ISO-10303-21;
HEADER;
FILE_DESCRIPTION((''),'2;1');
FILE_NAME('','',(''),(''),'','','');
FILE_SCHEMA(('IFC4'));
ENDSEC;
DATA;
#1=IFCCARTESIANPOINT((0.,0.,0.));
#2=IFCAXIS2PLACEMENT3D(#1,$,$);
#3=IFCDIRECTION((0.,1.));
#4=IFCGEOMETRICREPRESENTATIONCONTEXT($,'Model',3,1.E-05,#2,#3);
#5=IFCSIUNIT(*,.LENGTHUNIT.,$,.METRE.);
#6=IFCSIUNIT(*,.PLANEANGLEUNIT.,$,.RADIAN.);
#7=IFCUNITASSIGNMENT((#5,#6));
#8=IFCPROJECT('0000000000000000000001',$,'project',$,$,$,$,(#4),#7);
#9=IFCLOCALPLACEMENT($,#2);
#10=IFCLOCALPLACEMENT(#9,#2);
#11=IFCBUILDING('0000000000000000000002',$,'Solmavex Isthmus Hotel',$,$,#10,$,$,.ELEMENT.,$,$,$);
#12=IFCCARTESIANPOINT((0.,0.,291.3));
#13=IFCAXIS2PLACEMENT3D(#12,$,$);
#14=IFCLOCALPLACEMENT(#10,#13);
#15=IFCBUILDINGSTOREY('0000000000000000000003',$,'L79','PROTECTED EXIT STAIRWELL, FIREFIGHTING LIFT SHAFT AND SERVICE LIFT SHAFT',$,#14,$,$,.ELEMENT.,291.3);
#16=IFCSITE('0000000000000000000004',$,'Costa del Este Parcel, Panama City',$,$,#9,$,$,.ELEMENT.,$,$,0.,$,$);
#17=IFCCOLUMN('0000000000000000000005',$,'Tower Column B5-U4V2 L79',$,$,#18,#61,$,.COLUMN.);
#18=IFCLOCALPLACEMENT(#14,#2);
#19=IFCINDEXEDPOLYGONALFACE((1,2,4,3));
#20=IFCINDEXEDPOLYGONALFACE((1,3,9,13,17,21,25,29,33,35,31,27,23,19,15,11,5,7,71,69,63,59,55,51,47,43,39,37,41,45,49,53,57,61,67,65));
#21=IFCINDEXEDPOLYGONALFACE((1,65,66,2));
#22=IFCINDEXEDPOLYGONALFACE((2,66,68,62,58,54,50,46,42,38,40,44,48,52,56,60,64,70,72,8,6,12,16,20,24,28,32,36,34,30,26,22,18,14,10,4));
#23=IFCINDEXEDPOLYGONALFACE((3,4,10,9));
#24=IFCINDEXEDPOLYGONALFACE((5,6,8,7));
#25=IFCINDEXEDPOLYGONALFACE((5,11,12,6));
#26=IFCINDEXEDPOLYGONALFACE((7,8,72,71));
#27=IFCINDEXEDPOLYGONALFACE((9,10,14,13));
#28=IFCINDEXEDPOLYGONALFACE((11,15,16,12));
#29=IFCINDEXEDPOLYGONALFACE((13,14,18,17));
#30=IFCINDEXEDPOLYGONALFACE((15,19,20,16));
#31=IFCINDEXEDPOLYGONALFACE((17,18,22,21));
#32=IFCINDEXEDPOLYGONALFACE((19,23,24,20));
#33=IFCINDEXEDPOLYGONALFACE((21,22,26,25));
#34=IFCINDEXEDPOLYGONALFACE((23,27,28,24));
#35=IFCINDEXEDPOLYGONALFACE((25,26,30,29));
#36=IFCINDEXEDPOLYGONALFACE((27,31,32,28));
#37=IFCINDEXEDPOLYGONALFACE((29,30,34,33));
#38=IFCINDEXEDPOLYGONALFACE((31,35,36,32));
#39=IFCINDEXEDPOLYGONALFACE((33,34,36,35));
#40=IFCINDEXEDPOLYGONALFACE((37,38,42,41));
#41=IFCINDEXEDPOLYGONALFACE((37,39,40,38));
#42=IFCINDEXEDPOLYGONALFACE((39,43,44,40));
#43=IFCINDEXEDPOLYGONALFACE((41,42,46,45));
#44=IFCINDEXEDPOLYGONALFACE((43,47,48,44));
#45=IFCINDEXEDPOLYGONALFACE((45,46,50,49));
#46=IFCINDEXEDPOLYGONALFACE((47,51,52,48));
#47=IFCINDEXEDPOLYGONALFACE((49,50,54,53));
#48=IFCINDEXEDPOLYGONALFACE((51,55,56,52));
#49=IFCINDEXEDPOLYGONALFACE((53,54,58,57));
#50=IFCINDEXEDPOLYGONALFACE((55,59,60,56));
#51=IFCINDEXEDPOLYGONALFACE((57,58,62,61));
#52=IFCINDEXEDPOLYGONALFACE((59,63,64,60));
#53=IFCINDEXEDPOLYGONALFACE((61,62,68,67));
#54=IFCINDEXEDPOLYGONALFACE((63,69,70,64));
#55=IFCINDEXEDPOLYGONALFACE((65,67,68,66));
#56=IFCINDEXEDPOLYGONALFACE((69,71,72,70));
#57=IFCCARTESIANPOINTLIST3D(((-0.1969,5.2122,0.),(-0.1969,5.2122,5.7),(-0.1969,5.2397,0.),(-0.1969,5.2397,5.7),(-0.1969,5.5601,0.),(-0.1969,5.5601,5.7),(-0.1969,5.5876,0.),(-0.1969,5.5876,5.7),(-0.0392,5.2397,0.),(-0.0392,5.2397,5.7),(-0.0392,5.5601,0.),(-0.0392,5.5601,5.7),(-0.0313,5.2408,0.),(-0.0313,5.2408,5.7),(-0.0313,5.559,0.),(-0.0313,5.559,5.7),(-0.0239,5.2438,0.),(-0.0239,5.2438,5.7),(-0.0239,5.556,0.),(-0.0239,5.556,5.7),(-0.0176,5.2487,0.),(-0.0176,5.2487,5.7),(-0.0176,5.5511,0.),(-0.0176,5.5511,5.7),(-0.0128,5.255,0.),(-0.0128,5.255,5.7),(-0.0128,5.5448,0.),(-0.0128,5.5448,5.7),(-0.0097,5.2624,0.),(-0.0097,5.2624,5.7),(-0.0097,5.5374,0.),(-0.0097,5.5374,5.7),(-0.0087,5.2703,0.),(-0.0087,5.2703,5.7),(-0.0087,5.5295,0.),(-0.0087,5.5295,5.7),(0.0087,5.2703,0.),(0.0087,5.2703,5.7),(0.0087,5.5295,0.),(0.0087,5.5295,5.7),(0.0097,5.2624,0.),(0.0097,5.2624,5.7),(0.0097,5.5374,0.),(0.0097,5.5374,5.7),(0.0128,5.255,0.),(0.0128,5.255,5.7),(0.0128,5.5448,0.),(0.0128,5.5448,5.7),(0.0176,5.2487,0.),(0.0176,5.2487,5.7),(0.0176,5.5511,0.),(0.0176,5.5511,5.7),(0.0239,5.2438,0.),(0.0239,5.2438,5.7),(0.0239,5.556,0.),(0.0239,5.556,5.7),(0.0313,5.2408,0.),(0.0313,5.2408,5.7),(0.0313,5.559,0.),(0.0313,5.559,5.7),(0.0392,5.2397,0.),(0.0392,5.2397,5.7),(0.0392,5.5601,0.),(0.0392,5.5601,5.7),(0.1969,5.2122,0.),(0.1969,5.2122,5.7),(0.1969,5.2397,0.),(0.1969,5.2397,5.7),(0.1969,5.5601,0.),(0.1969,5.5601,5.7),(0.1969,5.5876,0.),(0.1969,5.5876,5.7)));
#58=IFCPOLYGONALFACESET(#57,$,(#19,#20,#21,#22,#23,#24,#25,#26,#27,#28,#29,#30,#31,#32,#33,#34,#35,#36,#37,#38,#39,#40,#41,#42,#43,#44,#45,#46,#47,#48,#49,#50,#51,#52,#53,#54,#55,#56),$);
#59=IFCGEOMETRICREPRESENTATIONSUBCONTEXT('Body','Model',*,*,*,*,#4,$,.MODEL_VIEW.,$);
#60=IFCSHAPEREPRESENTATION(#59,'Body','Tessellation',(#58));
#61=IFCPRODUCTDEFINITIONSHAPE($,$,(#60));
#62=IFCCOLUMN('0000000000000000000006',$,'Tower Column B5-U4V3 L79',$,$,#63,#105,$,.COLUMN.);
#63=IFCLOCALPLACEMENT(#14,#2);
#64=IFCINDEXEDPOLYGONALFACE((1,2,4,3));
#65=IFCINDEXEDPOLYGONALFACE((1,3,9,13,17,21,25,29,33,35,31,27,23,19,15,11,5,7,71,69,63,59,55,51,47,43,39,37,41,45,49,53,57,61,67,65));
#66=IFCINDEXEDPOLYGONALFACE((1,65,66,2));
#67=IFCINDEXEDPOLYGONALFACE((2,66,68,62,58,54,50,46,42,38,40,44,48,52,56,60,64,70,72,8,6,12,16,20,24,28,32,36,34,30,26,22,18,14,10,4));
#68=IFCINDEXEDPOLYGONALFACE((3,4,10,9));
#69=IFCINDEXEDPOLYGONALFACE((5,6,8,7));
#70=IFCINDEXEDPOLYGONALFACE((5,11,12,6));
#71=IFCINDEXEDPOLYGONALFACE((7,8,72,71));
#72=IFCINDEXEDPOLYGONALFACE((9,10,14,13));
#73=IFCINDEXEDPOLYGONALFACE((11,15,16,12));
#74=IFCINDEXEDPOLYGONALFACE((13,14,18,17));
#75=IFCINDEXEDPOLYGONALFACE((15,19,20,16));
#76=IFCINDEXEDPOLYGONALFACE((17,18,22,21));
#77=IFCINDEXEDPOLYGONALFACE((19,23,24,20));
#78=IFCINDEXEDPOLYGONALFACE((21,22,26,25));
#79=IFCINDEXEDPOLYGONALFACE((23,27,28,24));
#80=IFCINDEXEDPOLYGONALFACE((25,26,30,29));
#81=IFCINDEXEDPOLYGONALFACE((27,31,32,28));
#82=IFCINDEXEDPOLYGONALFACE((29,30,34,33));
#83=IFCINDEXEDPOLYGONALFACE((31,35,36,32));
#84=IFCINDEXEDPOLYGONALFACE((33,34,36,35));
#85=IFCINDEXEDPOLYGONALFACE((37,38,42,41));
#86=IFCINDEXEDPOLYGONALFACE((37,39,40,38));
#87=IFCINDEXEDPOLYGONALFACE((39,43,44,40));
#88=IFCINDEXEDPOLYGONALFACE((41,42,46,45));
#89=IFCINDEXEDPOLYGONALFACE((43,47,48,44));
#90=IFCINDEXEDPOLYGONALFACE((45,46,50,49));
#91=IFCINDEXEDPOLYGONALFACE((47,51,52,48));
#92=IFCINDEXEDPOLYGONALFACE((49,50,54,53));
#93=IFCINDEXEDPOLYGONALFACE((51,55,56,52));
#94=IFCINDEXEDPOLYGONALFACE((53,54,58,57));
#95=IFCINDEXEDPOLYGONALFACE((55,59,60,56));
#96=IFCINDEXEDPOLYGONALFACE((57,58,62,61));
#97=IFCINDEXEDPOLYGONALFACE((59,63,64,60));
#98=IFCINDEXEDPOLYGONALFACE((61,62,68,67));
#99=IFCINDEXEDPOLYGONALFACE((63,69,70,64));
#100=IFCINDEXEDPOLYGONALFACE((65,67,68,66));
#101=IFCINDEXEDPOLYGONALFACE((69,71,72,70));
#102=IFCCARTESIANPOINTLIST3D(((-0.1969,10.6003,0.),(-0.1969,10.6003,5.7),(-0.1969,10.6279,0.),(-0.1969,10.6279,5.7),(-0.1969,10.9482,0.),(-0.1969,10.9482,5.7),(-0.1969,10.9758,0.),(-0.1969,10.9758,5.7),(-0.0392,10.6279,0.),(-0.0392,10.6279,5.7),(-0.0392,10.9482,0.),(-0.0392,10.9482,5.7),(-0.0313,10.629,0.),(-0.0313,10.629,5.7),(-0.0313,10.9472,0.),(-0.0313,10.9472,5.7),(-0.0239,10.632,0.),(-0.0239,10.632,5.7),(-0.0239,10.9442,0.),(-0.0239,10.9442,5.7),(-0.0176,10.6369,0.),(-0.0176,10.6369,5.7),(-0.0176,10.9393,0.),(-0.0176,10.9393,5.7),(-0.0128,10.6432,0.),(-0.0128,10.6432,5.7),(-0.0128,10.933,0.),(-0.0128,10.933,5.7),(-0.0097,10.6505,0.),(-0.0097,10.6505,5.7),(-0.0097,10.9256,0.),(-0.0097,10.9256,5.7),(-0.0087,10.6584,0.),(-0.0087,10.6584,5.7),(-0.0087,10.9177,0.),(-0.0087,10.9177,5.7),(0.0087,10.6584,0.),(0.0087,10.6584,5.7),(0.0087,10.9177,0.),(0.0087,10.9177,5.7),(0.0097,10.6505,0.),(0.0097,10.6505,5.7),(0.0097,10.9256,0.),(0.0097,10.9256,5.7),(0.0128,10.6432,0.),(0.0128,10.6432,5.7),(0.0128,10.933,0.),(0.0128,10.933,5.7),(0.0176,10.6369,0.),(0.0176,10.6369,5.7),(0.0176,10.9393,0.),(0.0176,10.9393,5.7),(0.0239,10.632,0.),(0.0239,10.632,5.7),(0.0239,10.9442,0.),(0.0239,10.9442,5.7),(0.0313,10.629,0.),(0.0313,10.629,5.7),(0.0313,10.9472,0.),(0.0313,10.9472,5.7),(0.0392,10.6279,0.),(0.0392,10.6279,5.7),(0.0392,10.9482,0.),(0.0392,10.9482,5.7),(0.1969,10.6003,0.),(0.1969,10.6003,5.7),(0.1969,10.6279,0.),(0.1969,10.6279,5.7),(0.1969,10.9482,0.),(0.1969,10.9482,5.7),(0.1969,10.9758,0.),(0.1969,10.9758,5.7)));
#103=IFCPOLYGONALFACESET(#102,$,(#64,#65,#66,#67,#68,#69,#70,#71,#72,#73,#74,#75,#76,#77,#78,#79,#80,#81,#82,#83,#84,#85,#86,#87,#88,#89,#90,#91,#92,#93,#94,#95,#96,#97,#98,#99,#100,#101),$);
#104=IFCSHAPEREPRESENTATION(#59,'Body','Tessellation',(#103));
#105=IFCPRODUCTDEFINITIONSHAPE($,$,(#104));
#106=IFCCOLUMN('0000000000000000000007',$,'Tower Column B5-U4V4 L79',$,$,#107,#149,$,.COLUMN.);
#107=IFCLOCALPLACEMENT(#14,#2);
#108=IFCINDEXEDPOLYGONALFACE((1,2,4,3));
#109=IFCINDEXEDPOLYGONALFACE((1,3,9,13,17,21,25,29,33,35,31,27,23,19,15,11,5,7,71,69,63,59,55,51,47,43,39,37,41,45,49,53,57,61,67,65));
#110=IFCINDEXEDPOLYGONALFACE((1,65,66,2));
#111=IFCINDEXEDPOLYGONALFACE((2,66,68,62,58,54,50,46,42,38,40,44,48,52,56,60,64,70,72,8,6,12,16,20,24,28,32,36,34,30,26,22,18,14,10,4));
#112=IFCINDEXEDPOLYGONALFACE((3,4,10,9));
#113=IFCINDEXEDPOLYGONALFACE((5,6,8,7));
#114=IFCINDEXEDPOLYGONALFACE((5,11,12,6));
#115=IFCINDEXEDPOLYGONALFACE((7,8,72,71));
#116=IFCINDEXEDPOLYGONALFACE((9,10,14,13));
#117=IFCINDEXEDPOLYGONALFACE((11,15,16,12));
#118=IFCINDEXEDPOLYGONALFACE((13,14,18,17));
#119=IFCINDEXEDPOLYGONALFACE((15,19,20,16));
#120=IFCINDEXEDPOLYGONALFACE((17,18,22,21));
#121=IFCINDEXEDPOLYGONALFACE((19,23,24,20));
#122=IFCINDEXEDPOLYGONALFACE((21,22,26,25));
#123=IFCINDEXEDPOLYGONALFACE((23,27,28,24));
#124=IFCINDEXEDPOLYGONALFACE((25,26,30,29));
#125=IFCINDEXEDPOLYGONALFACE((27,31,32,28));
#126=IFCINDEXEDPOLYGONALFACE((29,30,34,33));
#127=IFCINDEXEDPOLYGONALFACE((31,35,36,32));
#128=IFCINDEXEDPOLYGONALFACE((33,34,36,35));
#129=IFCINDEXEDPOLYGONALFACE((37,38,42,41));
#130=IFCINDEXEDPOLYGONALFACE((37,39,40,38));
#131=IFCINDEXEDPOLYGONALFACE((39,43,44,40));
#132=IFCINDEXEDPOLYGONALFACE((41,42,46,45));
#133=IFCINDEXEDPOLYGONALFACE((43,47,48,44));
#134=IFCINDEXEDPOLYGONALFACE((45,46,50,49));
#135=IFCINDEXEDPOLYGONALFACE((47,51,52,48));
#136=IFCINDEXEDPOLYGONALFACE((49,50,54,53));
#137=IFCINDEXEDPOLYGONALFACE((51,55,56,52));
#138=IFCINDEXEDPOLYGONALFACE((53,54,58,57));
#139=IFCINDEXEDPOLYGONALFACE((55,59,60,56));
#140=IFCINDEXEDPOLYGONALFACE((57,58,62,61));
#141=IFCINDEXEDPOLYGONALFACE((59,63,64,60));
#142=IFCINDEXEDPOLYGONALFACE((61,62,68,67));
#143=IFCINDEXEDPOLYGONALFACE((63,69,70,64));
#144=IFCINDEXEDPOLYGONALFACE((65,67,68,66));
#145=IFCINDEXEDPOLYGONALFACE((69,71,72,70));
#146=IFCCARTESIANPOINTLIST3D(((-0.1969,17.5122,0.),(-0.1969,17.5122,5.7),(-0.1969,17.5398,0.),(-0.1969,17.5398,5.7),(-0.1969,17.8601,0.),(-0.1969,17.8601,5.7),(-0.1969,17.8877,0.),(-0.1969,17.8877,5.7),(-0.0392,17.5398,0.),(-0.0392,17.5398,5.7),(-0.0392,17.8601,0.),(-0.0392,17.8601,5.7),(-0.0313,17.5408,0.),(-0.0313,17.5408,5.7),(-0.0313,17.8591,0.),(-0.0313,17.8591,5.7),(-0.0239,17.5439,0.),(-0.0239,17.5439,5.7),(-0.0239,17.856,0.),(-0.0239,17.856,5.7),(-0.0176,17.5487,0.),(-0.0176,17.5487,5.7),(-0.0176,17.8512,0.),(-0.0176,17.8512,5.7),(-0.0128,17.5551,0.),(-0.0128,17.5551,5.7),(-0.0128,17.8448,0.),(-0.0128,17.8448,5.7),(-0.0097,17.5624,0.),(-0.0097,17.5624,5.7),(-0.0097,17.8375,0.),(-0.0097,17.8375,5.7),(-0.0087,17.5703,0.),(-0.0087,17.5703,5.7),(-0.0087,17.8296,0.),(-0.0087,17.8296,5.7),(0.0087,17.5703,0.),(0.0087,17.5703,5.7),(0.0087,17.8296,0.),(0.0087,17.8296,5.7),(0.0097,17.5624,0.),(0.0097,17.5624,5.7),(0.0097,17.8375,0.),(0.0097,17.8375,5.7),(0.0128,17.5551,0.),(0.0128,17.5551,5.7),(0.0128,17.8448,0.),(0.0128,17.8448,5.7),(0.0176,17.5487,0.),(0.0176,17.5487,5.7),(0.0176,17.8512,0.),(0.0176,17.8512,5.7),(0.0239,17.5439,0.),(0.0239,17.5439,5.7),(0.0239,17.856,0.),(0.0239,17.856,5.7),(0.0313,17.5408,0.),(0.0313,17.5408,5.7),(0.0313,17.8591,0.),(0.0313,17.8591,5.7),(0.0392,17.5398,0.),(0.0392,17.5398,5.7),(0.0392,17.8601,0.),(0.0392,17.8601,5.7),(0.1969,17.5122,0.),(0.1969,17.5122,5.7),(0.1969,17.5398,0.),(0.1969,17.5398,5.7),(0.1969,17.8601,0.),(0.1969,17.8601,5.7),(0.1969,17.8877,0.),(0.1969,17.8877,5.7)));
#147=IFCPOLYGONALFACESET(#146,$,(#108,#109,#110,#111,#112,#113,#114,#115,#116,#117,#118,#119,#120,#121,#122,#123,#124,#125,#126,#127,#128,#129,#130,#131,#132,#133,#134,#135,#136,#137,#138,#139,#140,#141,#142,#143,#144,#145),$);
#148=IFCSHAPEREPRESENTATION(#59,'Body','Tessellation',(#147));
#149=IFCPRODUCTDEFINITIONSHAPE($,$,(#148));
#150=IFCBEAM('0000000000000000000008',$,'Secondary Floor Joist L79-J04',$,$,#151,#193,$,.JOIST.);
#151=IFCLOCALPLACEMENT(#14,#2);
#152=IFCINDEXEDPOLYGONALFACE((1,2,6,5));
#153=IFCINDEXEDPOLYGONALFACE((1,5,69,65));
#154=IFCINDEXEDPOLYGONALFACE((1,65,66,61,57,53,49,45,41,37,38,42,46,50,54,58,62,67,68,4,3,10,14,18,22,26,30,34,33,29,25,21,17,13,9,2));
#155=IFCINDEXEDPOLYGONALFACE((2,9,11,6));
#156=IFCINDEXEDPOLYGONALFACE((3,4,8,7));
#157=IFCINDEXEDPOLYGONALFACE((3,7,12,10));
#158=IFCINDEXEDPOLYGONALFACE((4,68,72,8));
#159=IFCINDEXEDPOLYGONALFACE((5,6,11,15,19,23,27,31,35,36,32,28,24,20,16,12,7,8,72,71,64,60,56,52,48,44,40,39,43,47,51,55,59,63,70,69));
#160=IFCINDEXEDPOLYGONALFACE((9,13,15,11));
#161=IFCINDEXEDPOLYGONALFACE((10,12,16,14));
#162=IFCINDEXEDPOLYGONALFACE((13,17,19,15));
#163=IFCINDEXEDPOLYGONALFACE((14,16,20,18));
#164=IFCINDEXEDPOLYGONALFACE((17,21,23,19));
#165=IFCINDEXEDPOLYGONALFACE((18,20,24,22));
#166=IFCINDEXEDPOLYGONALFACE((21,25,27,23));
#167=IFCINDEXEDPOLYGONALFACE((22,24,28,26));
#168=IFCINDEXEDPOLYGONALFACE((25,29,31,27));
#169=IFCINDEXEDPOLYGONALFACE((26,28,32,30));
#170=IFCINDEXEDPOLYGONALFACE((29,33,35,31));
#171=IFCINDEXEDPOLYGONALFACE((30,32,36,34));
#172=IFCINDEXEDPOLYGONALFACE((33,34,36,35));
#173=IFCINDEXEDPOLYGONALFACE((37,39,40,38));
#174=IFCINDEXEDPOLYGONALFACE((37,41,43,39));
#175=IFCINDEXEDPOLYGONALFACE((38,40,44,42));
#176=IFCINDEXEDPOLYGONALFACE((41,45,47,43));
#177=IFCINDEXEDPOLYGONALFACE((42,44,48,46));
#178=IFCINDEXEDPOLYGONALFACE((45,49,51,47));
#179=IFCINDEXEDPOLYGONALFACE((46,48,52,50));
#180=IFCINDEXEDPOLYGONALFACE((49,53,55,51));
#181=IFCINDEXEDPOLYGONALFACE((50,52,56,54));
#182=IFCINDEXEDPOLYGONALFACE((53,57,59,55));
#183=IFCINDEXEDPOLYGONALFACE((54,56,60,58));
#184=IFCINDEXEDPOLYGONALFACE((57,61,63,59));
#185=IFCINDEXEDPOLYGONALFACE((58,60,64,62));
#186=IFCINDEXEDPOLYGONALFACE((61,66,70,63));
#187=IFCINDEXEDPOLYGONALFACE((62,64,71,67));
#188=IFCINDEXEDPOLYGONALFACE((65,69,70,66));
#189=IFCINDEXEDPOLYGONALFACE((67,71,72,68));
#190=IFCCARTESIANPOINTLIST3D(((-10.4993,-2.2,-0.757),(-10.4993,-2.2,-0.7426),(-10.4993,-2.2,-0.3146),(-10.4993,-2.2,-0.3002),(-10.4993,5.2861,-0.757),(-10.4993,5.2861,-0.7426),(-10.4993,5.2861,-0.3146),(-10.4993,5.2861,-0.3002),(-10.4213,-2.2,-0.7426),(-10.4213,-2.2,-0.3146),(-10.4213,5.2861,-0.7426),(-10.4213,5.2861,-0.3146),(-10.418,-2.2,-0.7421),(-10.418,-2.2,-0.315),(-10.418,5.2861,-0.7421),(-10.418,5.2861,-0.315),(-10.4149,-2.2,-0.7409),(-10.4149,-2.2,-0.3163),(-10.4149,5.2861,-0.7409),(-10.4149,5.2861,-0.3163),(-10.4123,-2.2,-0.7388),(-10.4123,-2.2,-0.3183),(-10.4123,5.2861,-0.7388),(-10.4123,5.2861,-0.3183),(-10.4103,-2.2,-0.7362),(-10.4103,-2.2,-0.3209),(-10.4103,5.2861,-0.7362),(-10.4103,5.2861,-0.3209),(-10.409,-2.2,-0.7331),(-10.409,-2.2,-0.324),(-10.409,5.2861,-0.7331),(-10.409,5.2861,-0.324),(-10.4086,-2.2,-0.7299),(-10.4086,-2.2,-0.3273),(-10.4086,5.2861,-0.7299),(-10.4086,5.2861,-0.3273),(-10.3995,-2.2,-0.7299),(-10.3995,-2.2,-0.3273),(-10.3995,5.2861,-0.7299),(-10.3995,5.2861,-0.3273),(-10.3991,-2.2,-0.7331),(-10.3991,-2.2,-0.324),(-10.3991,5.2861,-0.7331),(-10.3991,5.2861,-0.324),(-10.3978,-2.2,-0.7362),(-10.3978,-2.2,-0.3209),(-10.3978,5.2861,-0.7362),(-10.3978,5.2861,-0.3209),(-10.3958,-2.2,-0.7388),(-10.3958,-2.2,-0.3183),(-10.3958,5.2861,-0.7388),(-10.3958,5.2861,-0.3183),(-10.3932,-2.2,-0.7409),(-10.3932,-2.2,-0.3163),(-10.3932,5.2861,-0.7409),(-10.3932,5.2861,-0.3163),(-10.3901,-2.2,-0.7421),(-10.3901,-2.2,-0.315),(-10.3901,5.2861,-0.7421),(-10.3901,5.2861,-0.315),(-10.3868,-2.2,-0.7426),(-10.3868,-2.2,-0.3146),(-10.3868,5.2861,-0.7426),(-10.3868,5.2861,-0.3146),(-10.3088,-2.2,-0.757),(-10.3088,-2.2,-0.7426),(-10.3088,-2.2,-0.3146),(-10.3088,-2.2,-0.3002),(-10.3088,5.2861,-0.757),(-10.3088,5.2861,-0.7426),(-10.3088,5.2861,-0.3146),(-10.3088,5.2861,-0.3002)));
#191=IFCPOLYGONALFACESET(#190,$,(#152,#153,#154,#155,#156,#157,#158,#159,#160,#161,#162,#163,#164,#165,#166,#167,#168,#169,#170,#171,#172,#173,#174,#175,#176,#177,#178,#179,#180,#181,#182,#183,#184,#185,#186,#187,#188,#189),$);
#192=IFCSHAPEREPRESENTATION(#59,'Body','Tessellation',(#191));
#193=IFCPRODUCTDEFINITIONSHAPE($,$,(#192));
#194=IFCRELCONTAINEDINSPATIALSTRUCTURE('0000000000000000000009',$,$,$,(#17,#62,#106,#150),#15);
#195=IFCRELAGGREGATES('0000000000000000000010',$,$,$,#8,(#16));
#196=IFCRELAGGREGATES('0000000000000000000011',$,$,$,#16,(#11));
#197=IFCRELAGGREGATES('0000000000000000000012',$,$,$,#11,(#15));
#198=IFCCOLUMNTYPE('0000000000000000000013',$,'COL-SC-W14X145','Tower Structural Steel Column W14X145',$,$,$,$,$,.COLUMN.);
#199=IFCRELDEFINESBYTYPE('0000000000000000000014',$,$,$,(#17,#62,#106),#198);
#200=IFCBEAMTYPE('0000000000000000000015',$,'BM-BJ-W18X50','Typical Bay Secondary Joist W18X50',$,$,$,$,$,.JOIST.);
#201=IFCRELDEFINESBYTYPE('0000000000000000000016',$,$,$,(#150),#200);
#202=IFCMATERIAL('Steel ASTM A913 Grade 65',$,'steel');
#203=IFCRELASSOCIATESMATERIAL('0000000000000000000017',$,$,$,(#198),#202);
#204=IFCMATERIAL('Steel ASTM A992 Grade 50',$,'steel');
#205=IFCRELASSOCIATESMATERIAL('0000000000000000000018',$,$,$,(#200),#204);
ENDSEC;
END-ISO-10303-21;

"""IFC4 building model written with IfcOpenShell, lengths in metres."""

from ifc_helpers import new_model, si_unit, direction, frame, origin, origin_2d, place, context, subcontext, project, spatial, i_section, extrude, material, material_profile, profile_set, type_object, element, save


model = new_model("IFC4")

# Units and contexts
model_context = context("Model", 3, precision=1e-05, world=origin(), true_north=direction((0.0, 1.0)))
body_context = subcontext(model_context, "Body", "Model", "MODEL_VIEW")
ifc_project = project(units=[si_unit("LENGTHUNIT", "METRE"), si_unit("PLANEANGLEUNIT", "RADIAN")], contexts=[model_context])

# Site, building, storey
site_placement = place(None, origin())
site = spatial("IfcSite", under=ifc_project, at=site_placement, Name="Costa del Este Parcel, Panama City", CompositionType="ELEMENT", RefElevation=0.0)
building_placement = place(site_placement, origin())
building = spatial("IfcBuilding", under=site, at=building_placement, Name="Solmavex Isthmus Hotel", CompositionType="ELEMENT")
storey_placement = place(building_placement, frame((0.0, 0.0, 291.3)))
storey = spatial("IfcBuildingStorey", under=building, at=storey_placement, Name="L79", Description="PROTECTED EXIT STAIRWELL, FIREFIGHTING LIFT SHAFT AND SERVICE LIFT SHAFT", CompositionType="ELEMENT", Elevation=291.3)

# Columns
ifc_material_1 = material(Name="Steel ASTM A913 Grade 65", Category="steel")
ifc_material_profile_1 = material_profile(ifc_material_1, i_section(OverallWidth=0.3938, OverallDepth=0.3755, WebThickness=0.0173, FlangeThickness=0.0276, FilletRadius=0.0305, at=origin_2d()), Name="W14X145")
ifc_profile_set_1 = profile_set([ifc_material_profile_1], Name="Steel ASTM A913 Grade 65")
column_type = type_object("IfcColumnType", Name="COL-SC-W14X145", Description="Tower Structural Steel Column W14X145", PredefinedType="COLUMN", material=ifc_profile_set_1)
for number, where, z_axis, x_axis, name in (
    (1, (0.0, 5.3999, 0.0), (0.0, 0.0, 1.0), (1.0, 0.0, 0.0), "Tower Column B5-U4V2 L79"),
    (2, (0.0, 10.7881, 0.0), (0.0, 0.0, 1.0), (1.0, 0.0, 0.0), "Tower Column B5-U4V3 L79"),
    (3, (0.0, 17.7, 0.0), (0.0, 0.0, 1.0), (1.0, 0.0, 0.0), "Tower Column B5-U4V4 L79"),
):
    element("IfcColumn", number, at=place(storey_placement, frame(where, z_axis=z_axis, x_axis=x_axis)), inside=storey, type_object=column_type, Name=name, PredefinedType="COLUMN", context=body_context, shape_type="SweptSolid", body=[
        extrude(i_section(OverallWidth=0.3938, OverallDepth=0.3755, WebThickness=0.0173, FlangeThickness=0.0276, FilletRadius=0.0305, at=origin_2d()), origin(), (0.0, 0.0, 1.0), 5.7),
    ])

# Beam
ifc_material_2 = material(Name="Steel ASTM A992 Grade 50", Category="steel")
ifc_material_profile_2 = material_profile(ifc_material_2, i_section(OverallWidth=0.1904, OverallDepth=0.4568, WebThickness=0.009, FlangeThickness=0.0144, FilletRadius=0.0127, at=origin_2d()), Name="W18X50")
ifc_profile_set_2 = profile_set([ifc_material_profile_2], Name="Steel ASTM A992 Grade 50")
beam_type_1 = type_object("IfcBeamType", Name="BM-BJ-W18X50", Description="Typical Bay Secondary Joist W18X50", PredefinedType="JOIST", material=ifc_profile_set_2)
beam_1_placement = place(storey_placement, frame((-10.4041, -2.2, -0.5286), z_axis=(0.0, 1.0, 0.0), x_axis=(-1.0, 0.0, 0.0)))
element("IfcBeam", 4, at=beam_1_placement, inside=storey, type_object=beam_type_1, Name="Secondary Floor Joist L79-J04", PredefinedType="JOIST", context=body_context, shape_type="SweptSolid", body=[
    extrude(i_section(OverallWidth=0.1904, OverallDepth=0.4568, WebThickness=0.009, FlangeThickness=0.0144, FilletRadius=0.0127, at=origin_2d()), origin(), (0.0, 0.0, 1.0), 7.4861),
])

save(model, "model.ifc")
